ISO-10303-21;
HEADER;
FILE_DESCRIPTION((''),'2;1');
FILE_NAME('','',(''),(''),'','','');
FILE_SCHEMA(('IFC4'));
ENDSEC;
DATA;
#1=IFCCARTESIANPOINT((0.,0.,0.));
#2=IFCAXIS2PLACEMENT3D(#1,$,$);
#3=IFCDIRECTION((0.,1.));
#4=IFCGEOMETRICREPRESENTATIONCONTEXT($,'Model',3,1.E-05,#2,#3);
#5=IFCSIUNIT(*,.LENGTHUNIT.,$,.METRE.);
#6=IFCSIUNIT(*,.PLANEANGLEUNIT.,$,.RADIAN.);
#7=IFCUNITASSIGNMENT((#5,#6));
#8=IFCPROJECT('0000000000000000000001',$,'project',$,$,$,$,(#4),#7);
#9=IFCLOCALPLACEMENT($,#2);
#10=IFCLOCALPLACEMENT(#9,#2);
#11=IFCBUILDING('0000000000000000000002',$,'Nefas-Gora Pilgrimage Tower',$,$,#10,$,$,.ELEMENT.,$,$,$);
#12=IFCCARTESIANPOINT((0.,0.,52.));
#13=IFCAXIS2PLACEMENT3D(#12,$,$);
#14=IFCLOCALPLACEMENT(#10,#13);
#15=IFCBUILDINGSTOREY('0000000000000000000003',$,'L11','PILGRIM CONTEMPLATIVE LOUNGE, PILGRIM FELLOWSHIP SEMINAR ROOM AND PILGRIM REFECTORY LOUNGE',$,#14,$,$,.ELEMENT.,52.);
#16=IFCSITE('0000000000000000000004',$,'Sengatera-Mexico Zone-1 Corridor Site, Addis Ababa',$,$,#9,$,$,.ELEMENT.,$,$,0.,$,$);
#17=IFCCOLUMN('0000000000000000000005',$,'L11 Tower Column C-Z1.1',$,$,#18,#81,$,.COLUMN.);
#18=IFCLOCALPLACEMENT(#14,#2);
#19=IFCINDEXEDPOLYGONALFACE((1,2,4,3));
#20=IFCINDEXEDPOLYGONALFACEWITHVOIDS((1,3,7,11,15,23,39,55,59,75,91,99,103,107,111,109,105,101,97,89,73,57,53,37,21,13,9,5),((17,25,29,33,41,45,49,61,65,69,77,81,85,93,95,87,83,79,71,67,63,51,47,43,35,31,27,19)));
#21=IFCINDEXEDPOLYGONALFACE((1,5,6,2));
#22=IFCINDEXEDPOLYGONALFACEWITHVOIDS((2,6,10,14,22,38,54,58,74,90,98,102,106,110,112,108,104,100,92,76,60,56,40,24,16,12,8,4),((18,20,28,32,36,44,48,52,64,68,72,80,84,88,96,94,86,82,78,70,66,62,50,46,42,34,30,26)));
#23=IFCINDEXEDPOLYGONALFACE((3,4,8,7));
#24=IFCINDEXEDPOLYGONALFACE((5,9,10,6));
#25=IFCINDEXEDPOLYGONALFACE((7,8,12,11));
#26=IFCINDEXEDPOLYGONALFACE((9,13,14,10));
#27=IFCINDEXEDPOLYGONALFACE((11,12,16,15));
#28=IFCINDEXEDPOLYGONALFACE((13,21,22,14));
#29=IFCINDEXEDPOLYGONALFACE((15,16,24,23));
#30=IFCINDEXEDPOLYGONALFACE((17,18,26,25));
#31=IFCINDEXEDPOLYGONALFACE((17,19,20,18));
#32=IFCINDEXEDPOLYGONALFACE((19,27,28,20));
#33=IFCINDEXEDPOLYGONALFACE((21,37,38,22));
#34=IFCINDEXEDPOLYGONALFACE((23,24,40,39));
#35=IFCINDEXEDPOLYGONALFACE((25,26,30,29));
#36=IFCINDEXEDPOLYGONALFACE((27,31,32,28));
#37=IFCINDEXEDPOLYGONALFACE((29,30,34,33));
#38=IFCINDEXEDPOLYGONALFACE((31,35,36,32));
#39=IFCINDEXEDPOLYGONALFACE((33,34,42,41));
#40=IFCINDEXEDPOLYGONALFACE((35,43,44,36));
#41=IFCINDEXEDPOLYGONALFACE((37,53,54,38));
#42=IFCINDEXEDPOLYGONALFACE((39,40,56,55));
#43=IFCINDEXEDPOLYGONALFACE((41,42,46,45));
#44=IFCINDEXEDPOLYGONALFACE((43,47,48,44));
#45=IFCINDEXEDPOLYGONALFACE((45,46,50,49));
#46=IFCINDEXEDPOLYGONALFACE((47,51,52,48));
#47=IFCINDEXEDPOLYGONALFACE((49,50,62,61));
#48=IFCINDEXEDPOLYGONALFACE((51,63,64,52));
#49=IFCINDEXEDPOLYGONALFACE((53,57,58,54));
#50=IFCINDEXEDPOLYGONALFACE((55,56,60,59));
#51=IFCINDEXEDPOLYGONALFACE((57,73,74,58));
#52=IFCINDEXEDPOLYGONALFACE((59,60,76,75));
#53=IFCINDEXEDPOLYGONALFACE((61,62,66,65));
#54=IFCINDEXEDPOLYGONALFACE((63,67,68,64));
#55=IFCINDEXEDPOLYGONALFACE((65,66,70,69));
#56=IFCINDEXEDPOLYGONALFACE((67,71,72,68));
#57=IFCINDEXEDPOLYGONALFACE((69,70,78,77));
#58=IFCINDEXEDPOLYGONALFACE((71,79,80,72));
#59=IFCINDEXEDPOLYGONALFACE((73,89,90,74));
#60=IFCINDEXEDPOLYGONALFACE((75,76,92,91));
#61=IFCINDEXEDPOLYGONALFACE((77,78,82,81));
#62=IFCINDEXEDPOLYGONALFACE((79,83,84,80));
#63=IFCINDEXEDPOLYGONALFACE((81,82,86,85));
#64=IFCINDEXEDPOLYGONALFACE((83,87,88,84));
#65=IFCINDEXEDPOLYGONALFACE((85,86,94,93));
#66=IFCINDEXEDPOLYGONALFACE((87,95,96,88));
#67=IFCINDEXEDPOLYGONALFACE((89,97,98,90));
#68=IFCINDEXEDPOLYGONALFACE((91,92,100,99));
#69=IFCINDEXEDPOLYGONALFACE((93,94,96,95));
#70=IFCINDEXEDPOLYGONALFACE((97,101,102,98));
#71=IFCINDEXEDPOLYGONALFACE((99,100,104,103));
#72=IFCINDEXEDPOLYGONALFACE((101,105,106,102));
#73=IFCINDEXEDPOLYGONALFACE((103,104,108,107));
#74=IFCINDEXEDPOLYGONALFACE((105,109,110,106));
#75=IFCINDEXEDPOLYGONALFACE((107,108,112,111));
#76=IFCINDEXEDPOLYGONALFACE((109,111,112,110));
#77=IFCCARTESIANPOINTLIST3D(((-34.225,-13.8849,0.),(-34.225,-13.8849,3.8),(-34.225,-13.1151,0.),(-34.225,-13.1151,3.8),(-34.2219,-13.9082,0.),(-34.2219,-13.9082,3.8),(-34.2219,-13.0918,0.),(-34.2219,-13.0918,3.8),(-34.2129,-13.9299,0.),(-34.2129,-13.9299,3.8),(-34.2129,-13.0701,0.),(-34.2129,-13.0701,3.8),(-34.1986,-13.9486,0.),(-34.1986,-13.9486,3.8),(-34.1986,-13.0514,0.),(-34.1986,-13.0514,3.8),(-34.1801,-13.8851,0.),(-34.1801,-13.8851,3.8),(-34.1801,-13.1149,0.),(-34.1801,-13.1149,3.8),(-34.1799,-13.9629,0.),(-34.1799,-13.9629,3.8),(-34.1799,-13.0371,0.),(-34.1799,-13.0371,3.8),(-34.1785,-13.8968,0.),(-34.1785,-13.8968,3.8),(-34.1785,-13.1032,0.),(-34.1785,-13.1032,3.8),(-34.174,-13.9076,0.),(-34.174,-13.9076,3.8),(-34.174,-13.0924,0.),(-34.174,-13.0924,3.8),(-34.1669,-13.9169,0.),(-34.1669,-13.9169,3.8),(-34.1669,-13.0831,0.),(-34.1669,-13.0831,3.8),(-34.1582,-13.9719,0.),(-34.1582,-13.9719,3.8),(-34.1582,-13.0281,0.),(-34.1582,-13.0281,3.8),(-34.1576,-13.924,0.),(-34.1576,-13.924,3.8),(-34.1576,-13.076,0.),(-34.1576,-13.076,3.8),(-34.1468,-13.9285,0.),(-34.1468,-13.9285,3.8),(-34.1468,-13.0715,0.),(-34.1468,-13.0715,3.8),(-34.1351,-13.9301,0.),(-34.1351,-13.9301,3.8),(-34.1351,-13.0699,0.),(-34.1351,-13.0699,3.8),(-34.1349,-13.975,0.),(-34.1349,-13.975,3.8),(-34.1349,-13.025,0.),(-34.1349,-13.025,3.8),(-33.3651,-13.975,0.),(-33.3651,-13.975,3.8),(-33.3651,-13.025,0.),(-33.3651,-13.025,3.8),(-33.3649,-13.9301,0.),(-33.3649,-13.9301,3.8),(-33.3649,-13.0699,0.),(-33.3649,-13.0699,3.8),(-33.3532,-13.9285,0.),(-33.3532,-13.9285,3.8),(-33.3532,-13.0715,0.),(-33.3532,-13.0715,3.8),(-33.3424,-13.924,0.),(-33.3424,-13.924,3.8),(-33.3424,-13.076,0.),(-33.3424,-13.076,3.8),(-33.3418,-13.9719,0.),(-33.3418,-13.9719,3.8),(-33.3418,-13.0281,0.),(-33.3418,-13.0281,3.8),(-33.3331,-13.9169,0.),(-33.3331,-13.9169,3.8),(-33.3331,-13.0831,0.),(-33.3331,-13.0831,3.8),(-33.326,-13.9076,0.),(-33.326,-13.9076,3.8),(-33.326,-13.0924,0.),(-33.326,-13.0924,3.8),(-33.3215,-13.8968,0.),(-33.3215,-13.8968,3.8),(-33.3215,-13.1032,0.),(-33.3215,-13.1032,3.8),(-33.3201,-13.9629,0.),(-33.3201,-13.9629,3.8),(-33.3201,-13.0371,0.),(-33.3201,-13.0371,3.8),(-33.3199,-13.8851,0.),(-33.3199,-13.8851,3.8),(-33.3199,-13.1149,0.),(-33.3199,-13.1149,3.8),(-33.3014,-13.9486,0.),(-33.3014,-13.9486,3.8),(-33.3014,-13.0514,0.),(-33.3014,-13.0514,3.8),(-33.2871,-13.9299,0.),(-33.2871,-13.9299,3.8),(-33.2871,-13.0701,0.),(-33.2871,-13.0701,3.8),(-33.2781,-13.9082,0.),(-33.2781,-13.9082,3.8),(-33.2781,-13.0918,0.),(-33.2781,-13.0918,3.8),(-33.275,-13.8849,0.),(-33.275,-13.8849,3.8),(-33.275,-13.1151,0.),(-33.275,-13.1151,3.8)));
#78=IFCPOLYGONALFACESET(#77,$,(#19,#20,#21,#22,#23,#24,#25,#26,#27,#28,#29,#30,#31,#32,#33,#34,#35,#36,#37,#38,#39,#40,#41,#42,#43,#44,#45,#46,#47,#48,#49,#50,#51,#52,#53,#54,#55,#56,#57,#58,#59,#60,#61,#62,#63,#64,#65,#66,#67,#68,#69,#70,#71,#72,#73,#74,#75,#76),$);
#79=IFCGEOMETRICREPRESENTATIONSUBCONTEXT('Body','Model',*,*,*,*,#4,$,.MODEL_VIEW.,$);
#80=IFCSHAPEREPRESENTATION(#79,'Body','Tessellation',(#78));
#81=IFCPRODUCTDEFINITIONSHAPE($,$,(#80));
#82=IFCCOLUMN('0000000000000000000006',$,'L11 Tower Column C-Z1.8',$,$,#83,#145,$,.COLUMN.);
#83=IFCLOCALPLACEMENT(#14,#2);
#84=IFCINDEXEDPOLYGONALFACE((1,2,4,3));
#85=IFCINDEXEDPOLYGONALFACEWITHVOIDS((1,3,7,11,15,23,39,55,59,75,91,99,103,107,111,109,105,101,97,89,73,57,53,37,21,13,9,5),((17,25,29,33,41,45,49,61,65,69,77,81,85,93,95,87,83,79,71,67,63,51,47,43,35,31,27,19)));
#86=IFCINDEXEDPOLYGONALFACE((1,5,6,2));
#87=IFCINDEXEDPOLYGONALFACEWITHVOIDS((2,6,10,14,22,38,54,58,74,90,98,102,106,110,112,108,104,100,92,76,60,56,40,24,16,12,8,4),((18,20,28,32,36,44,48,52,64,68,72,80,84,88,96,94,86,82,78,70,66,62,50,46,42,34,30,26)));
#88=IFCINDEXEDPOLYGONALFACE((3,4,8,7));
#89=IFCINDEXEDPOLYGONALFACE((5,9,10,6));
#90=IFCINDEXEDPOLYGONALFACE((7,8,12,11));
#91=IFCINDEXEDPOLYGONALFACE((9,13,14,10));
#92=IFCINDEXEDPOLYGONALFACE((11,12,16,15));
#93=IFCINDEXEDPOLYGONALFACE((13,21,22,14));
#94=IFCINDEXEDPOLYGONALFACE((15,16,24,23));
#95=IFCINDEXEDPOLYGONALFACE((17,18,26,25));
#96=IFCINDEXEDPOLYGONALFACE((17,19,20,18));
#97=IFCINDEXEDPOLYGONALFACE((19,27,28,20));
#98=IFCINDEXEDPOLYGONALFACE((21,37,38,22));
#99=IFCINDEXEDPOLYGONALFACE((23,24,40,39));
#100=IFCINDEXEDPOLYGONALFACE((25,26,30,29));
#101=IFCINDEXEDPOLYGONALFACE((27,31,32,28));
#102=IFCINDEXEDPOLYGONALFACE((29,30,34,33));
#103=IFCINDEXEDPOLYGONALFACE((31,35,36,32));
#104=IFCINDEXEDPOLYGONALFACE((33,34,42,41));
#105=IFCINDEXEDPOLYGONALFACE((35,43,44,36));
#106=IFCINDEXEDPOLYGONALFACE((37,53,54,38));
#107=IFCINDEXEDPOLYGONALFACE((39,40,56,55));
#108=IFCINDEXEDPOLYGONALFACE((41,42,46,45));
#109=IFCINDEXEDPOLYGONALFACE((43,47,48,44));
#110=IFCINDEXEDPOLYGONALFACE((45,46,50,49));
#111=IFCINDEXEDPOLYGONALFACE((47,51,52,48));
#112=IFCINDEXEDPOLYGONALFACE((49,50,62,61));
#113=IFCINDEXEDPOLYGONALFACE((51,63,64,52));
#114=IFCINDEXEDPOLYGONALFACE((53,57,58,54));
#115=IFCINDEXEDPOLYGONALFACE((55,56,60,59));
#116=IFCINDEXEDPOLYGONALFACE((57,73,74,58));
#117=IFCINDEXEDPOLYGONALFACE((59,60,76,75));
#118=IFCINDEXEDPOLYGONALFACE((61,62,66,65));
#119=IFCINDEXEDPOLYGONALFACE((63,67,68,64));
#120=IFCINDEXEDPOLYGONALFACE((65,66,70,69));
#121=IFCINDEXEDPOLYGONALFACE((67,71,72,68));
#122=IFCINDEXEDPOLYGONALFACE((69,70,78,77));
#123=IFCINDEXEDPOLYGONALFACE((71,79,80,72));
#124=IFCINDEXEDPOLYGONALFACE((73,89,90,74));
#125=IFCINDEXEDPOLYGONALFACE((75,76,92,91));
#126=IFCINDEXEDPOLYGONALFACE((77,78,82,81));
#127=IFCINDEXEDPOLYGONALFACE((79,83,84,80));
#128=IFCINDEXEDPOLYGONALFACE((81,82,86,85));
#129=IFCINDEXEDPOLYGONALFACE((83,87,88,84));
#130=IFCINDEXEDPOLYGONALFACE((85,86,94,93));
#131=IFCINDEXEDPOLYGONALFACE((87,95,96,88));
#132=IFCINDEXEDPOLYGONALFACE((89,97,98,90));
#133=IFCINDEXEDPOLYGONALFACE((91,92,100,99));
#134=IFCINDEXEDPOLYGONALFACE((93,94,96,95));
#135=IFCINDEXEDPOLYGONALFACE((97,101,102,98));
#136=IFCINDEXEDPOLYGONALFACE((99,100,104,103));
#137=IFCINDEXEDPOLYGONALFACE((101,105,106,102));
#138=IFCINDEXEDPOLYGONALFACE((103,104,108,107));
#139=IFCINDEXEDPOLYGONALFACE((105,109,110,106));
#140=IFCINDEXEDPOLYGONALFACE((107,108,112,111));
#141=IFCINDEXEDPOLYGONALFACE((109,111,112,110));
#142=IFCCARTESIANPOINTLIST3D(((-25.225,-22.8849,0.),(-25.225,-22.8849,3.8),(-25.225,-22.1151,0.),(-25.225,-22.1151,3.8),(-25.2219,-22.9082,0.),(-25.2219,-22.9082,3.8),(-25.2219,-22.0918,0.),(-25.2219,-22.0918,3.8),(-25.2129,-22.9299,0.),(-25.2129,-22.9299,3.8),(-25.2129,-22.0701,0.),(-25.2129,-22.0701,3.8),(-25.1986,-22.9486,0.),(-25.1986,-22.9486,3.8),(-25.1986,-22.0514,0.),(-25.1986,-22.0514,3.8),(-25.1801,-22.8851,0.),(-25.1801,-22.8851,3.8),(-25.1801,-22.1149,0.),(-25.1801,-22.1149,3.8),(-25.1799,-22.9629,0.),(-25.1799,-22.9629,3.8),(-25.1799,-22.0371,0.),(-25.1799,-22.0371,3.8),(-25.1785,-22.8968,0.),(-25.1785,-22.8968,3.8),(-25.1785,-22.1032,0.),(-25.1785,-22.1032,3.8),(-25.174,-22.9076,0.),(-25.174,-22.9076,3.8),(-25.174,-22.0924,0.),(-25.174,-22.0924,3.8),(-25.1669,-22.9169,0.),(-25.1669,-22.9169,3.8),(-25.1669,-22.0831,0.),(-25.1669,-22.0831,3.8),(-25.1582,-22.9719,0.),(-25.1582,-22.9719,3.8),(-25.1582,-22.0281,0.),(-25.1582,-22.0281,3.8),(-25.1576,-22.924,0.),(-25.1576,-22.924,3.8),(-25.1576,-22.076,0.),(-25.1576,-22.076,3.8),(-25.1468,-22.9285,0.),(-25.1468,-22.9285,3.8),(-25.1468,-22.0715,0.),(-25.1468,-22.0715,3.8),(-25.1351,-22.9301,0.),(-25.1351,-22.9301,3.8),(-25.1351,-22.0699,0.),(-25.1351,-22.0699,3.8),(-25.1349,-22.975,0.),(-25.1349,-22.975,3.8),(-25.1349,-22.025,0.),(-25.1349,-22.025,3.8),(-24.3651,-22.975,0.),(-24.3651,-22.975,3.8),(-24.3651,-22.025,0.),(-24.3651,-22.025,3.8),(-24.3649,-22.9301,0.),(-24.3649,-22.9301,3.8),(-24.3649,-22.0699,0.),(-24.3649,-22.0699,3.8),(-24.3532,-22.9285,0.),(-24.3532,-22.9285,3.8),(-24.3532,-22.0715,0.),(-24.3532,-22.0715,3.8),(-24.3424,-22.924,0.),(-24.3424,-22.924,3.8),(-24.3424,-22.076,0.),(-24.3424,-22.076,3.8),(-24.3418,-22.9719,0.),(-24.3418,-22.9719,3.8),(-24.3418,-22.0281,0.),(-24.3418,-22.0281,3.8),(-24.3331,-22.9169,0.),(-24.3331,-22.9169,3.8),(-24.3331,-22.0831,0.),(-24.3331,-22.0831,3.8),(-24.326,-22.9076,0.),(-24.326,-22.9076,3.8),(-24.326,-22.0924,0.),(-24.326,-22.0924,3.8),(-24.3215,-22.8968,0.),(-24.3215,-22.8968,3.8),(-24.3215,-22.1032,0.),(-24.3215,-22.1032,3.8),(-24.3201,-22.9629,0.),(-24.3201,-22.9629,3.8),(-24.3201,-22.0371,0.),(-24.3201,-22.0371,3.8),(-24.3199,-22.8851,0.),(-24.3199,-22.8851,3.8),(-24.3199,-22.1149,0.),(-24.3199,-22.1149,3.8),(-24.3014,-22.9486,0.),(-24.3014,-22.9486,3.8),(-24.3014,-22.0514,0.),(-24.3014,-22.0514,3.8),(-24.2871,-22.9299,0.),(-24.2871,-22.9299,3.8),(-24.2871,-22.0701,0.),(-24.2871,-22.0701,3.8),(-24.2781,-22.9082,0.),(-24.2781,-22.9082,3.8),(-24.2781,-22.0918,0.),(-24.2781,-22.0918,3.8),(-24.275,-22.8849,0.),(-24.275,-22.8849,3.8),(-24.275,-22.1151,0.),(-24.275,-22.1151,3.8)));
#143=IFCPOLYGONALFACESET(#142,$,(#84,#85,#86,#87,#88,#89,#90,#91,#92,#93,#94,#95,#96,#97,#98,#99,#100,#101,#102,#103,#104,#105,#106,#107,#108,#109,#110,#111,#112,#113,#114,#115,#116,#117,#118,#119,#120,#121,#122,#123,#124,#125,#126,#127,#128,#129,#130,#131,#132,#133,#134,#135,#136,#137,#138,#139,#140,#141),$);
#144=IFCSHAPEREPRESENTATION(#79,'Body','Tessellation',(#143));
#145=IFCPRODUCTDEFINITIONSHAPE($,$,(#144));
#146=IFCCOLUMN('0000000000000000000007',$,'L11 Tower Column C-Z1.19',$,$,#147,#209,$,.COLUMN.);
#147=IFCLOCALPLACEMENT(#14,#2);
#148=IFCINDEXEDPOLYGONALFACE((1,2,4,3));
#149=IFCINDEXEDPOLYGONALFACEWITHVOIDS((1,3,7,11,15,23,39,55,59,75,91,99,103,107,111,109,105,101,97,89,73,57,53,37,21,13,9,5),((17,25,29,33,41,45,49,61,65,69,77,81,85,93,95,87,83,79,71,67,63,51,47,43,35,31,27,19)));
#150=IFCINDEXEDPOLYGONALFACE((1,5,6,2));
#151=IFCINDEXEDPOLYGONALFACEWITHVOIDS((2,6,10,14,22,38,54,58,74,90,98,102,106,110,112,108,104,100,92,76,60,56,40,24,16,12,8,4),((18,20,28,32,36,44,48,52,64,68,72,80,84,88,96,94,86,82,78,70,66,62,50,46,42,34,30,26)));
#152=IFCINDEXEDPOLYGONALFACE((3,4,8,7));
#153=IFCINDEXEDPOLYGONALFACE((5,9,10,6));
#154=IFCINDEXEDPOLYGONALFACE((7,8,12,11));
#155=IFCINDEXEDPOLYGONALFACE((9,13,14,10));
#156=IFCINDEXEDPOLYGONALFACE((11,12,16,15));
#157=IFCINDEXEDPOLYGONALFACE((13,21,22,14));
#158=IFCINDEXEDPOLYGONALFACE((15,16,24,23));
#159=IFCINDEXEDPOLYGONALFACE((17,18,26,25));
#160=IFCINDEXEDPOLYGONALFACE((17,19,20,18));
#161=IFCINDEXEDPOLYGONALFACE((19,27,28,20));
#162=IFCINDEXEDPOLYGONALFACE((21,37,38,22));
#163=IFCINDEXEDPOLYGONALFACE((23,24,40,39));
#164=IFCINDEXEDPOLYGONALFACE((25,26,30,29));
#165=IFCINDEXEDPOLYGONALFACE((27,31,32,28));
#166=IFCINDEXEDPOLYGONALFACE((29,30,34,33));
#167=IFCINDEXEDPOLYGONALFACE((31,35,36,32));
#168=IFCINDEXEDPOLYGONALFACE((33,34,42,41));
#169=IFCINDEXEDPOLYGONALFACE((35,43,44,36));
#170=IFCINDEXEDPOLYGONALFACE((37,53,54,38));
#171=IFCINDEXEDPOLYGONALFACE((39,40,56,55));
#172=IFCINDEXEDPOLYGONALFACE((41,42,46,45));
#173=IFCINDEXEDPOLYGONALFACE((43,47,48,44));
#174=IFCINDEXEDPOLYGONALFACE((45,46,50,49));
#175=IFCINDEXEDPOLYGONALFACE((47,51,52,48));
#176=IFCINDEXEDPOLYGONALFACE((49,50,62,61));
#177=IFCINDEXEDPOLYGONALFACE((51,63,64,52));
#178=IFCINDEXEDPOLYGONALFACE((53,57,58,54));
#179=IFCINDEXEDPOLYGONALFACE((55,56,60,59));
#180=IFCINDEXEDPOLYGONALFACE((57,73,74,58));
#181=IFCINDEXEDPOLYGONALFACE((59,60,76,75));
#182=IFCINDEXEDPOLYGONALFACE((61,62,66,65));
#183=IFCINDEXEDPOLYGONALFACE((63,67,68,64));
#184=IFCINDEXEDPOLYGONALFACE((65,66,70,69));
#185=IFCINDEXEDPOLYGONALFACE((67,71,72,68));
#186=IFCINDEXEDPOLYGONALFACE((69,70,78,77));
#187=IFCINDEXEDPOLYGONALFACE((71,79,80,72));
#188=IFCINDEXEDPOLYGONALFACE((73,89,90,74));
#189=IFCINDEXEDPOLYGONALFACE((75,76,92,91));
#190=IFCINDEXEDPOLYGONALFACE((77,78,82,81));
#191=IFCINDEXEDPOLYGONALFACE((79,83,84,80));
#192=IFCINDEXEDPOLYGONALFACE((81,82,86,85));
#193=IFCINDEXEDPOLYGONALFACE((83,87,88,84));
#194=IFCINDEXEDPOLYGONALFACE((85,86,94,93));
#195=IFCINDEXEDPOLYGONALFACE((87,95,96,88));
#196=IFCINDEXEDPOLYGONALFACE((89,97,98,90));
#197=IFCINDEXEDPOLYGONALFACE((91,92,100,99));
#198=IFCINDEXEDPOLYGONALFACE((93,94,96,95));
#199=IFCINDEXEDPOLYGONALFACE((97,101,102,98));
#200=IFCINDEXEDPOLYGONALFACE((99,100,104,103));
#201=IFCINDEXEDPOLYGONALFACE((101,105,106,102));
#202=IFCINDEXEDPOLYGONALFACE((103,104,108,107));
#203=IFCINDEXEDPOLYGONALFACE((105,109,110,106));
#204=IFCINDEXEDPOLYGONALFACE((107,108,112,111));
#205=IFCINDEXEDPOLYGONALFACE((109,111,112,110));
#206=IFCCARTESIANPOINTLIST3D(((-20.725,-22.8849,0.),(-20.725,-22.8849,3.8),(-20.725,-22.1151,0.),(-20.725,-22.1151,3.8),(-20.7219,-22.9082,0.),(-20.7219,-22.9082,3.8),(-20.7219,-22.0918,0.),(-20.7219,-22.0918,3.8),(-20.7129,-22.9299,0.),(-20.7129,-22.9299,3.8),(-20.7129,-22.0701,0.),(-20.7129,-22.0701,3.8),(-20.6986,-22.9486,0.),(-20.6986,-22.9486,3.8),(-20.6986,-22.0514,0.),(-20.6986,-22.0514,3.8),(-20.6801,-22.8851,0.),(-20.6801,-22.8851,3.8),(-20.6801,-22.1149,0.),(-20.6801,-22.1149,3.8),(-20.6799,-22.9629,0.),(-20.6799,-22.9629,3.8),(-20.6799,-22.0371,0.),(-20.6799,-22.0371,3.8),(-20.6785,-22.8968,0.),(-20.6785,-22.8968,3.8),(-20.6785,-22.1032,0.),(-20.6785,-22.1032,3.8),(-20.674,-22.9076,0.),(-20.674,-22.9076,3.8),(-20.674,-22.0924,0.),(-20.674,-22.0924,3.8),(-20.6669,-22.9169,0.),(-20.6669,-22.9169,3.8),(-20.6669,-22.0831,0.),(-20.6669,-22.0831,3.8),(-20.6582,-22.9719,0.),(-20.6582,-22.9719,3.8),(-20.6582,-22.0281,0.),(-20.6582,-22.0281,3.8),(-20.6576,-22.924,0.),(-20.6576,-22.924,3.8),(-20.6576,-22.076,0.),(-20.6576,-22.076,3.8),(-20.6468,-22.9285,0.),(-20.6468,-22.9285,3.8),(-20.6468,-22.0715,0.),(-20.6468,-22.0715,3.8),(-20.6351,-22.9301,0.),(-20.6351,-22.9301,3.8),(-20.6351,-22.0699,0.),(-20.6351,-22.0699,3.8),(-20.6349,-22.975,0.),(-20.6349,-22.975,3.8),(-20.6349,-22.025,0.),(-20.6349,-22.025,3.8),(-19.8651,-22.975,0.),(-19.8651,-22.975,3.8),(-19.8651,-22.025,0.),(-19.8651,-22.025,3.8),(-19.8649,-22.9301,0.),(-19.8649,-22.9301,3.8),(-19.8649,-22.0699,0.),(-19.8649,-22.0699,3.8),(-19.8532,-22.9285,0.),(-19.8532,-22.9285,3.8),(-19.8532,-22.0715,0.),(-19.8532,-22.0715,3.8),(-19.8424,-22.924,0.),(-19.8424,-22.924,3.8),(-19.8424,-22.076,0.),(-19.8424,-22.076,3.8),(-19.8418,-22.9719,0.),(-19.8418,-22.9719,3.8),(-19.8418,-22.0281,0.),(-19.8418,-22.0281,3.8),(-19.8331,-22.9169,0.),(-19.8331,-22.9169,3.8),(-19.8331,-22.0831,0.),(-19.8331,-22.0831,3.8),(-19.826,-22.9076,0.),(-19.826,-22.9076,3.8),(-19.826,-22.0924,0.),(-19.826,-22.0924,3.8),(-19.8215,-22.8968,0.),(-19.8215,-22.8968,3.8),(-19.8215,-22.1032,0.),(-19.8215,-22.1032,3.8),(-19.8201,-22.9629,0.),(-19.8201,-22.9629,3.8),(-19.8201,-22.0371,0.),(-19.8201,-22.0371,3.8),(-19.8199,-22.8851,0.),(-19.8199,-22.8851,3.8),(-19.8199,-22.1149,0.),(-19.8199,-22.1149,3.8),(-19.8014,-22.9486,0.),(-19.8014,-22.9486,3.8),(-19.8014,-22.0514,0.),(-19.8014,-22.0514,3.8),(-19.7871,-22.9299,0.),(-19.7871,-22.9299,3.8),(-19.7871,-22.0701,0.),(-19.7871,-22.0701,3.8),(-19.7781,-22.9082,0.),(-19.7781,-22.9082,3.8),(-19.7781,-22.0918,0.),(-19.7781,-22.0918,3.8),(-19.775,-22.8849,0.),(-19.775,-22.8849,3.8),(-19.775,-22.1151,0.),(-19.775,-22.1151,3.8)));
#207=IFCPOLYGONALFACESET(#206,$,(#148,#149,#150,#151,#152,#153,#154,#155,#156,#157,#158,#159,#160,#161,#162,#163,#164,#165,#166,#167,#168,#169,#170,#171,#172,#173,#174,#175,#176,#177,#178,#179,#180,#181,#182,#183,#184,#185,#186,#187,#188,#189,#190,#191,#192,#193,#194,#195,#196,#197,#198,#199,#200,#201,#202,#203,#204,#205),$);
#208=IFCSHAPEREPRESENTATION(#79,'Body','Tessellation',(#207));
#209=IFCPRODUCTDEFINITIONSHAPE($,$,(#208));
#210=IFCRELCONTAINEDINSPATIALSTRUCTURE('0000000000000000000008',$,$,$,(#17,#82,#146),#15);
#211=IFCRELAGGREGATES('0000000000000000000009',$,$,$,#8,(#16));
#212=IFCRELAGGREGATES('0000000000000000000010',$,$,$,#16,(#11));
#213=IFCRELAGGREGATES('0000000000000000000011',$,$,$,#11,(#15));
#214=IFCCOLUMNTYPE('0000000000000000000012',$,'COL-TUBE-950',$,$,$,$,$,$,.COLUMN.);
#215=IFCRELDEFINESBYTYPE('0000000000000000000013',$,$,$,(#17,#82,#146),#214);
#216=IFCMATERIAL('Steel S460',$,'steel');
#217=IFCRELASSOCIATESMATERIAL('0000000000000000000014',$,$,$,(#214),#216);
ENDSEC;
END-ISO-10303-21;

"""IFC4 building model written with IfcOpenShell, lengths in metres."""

from ifc_helpers import new_model, si_unit, direction, frame, origin, origin_2d, place, context, subcontext, project, spatial, hollow_rectangle, extrude, source, transform, mapped, material, material_profile, profile_set, type_object, element, save


model = new_model("IFC4")

# Units and contexts
model_context = context("Model", 3, precision=1e-05, world=origin(), true_north=direction((0.0, 1.0)))
body_context = subcontext(model_context, "Body", "Model", "MODEL_VIEW")
ifc_project = project(units=[si_unit("LENGTHUNIT", "METRE"), si_unit("PLANEANGLEUNIT", "RADIAN")], contexts=[model_context])

# Site, building, storey
site_placement = place(None, origin())
site = spatial("IfcSite", under=ifc_project, at=site_placement, Name="Sengatera-Mexico Zone-1 Corridor Site, Addis Ababa", CompositionType="ELEMENT", RefElevation=0.0)
building_placement = place(site_placement, origin())
building = spatial("IfcBuilding", under=site, at=building_placement, Name="Nefas-Gora Pilgrimage Tower", CompositionType="ELEMENT")
storey_placement = place(building_placement, frame((0.0, 0.0, 52.0)))
storey = spatial("IfcBuildingStorey", under=building, at=storey_placement, Name="L11", Description="PILGRIM CONTEMPLATIVE LOUNGE, PILGRIM FELLOWSHIP SEMINAR ROOM AND PILGRIM REFECTORY LOUNGE", CompositionType="ELEMENT", Elevation=52.0)

# Columns
ifc_material_1 = material(Name="Steel S460", Category="steel")
ifc_material_profile_1 = material_profile(ifc_material_1, hollow_rectangle(XDim=0.95, YDim=0.95, WallThickness=0.0449, InnerFilletRadius=0.0449, OuterFilletRadius=0.0901, at=origin_2d()), Name="BOX 950x950x45")
ifc_profile_set_1 = profile_set([ifc_material_profile_1], Name="Steel S460")
column_type_1 = type_object("IfcColumnType", Name="COL-TUBE-950", PredefinedType="COLUMN", material=ifc_profile_set_1)
shared_shape_1 = source(origin(), body_context, "Body", "SweptSolid", [
    extrude(hollow_rectangle(XDim=0.95, YDim=0.95, WallThickness=0.0449, InnerFilletRadius=0.0449, OuterFilletRadius=0.0901, at=origin_2d()), origin(), (0.0, 0.0, 1.0), 3.8),
])
for number, where, z_axis, x_axis, name in (
    (1, (-33.75, -13.5, 0.0), (0.0, 0.0, 1.0), (1.0, 0.0, 0.0), "L11 Tower Column C-Z1.1"),
    (2, (-24.75, -22.5, 0.0), (0.0, 0.0, 1.0), (1.0, 0.0, 0.0), "L11 Tower Column C-Z1.8"),
    (3, (-20.25, -22.5, 0.0), (0.0, 0.0, 1.0), (1.0, 0.0, 0.0), "L11 Tower Column C-Z1.19"),
):
    element("IfcColumn", number, at=place(storey_placement, frame(where, z_axis=z_axis, x_axis=x_axis)), inside=storey, type_object=column_type_1, Name=name, PredefinedType="COLUMN", context=body_context, shape_type="MappedRepresentation", body=[
        mapped(shared_shape_1, transform((0.0, 0.0, 0.0), x_axis=(1.0, 0.0, 0.0), y_axis=(0.0, 1.0, 0.0), z_axis=(0.0, 0.0, 1.0), scale=1.0)),
    ])

save(model, "model.ifc")
